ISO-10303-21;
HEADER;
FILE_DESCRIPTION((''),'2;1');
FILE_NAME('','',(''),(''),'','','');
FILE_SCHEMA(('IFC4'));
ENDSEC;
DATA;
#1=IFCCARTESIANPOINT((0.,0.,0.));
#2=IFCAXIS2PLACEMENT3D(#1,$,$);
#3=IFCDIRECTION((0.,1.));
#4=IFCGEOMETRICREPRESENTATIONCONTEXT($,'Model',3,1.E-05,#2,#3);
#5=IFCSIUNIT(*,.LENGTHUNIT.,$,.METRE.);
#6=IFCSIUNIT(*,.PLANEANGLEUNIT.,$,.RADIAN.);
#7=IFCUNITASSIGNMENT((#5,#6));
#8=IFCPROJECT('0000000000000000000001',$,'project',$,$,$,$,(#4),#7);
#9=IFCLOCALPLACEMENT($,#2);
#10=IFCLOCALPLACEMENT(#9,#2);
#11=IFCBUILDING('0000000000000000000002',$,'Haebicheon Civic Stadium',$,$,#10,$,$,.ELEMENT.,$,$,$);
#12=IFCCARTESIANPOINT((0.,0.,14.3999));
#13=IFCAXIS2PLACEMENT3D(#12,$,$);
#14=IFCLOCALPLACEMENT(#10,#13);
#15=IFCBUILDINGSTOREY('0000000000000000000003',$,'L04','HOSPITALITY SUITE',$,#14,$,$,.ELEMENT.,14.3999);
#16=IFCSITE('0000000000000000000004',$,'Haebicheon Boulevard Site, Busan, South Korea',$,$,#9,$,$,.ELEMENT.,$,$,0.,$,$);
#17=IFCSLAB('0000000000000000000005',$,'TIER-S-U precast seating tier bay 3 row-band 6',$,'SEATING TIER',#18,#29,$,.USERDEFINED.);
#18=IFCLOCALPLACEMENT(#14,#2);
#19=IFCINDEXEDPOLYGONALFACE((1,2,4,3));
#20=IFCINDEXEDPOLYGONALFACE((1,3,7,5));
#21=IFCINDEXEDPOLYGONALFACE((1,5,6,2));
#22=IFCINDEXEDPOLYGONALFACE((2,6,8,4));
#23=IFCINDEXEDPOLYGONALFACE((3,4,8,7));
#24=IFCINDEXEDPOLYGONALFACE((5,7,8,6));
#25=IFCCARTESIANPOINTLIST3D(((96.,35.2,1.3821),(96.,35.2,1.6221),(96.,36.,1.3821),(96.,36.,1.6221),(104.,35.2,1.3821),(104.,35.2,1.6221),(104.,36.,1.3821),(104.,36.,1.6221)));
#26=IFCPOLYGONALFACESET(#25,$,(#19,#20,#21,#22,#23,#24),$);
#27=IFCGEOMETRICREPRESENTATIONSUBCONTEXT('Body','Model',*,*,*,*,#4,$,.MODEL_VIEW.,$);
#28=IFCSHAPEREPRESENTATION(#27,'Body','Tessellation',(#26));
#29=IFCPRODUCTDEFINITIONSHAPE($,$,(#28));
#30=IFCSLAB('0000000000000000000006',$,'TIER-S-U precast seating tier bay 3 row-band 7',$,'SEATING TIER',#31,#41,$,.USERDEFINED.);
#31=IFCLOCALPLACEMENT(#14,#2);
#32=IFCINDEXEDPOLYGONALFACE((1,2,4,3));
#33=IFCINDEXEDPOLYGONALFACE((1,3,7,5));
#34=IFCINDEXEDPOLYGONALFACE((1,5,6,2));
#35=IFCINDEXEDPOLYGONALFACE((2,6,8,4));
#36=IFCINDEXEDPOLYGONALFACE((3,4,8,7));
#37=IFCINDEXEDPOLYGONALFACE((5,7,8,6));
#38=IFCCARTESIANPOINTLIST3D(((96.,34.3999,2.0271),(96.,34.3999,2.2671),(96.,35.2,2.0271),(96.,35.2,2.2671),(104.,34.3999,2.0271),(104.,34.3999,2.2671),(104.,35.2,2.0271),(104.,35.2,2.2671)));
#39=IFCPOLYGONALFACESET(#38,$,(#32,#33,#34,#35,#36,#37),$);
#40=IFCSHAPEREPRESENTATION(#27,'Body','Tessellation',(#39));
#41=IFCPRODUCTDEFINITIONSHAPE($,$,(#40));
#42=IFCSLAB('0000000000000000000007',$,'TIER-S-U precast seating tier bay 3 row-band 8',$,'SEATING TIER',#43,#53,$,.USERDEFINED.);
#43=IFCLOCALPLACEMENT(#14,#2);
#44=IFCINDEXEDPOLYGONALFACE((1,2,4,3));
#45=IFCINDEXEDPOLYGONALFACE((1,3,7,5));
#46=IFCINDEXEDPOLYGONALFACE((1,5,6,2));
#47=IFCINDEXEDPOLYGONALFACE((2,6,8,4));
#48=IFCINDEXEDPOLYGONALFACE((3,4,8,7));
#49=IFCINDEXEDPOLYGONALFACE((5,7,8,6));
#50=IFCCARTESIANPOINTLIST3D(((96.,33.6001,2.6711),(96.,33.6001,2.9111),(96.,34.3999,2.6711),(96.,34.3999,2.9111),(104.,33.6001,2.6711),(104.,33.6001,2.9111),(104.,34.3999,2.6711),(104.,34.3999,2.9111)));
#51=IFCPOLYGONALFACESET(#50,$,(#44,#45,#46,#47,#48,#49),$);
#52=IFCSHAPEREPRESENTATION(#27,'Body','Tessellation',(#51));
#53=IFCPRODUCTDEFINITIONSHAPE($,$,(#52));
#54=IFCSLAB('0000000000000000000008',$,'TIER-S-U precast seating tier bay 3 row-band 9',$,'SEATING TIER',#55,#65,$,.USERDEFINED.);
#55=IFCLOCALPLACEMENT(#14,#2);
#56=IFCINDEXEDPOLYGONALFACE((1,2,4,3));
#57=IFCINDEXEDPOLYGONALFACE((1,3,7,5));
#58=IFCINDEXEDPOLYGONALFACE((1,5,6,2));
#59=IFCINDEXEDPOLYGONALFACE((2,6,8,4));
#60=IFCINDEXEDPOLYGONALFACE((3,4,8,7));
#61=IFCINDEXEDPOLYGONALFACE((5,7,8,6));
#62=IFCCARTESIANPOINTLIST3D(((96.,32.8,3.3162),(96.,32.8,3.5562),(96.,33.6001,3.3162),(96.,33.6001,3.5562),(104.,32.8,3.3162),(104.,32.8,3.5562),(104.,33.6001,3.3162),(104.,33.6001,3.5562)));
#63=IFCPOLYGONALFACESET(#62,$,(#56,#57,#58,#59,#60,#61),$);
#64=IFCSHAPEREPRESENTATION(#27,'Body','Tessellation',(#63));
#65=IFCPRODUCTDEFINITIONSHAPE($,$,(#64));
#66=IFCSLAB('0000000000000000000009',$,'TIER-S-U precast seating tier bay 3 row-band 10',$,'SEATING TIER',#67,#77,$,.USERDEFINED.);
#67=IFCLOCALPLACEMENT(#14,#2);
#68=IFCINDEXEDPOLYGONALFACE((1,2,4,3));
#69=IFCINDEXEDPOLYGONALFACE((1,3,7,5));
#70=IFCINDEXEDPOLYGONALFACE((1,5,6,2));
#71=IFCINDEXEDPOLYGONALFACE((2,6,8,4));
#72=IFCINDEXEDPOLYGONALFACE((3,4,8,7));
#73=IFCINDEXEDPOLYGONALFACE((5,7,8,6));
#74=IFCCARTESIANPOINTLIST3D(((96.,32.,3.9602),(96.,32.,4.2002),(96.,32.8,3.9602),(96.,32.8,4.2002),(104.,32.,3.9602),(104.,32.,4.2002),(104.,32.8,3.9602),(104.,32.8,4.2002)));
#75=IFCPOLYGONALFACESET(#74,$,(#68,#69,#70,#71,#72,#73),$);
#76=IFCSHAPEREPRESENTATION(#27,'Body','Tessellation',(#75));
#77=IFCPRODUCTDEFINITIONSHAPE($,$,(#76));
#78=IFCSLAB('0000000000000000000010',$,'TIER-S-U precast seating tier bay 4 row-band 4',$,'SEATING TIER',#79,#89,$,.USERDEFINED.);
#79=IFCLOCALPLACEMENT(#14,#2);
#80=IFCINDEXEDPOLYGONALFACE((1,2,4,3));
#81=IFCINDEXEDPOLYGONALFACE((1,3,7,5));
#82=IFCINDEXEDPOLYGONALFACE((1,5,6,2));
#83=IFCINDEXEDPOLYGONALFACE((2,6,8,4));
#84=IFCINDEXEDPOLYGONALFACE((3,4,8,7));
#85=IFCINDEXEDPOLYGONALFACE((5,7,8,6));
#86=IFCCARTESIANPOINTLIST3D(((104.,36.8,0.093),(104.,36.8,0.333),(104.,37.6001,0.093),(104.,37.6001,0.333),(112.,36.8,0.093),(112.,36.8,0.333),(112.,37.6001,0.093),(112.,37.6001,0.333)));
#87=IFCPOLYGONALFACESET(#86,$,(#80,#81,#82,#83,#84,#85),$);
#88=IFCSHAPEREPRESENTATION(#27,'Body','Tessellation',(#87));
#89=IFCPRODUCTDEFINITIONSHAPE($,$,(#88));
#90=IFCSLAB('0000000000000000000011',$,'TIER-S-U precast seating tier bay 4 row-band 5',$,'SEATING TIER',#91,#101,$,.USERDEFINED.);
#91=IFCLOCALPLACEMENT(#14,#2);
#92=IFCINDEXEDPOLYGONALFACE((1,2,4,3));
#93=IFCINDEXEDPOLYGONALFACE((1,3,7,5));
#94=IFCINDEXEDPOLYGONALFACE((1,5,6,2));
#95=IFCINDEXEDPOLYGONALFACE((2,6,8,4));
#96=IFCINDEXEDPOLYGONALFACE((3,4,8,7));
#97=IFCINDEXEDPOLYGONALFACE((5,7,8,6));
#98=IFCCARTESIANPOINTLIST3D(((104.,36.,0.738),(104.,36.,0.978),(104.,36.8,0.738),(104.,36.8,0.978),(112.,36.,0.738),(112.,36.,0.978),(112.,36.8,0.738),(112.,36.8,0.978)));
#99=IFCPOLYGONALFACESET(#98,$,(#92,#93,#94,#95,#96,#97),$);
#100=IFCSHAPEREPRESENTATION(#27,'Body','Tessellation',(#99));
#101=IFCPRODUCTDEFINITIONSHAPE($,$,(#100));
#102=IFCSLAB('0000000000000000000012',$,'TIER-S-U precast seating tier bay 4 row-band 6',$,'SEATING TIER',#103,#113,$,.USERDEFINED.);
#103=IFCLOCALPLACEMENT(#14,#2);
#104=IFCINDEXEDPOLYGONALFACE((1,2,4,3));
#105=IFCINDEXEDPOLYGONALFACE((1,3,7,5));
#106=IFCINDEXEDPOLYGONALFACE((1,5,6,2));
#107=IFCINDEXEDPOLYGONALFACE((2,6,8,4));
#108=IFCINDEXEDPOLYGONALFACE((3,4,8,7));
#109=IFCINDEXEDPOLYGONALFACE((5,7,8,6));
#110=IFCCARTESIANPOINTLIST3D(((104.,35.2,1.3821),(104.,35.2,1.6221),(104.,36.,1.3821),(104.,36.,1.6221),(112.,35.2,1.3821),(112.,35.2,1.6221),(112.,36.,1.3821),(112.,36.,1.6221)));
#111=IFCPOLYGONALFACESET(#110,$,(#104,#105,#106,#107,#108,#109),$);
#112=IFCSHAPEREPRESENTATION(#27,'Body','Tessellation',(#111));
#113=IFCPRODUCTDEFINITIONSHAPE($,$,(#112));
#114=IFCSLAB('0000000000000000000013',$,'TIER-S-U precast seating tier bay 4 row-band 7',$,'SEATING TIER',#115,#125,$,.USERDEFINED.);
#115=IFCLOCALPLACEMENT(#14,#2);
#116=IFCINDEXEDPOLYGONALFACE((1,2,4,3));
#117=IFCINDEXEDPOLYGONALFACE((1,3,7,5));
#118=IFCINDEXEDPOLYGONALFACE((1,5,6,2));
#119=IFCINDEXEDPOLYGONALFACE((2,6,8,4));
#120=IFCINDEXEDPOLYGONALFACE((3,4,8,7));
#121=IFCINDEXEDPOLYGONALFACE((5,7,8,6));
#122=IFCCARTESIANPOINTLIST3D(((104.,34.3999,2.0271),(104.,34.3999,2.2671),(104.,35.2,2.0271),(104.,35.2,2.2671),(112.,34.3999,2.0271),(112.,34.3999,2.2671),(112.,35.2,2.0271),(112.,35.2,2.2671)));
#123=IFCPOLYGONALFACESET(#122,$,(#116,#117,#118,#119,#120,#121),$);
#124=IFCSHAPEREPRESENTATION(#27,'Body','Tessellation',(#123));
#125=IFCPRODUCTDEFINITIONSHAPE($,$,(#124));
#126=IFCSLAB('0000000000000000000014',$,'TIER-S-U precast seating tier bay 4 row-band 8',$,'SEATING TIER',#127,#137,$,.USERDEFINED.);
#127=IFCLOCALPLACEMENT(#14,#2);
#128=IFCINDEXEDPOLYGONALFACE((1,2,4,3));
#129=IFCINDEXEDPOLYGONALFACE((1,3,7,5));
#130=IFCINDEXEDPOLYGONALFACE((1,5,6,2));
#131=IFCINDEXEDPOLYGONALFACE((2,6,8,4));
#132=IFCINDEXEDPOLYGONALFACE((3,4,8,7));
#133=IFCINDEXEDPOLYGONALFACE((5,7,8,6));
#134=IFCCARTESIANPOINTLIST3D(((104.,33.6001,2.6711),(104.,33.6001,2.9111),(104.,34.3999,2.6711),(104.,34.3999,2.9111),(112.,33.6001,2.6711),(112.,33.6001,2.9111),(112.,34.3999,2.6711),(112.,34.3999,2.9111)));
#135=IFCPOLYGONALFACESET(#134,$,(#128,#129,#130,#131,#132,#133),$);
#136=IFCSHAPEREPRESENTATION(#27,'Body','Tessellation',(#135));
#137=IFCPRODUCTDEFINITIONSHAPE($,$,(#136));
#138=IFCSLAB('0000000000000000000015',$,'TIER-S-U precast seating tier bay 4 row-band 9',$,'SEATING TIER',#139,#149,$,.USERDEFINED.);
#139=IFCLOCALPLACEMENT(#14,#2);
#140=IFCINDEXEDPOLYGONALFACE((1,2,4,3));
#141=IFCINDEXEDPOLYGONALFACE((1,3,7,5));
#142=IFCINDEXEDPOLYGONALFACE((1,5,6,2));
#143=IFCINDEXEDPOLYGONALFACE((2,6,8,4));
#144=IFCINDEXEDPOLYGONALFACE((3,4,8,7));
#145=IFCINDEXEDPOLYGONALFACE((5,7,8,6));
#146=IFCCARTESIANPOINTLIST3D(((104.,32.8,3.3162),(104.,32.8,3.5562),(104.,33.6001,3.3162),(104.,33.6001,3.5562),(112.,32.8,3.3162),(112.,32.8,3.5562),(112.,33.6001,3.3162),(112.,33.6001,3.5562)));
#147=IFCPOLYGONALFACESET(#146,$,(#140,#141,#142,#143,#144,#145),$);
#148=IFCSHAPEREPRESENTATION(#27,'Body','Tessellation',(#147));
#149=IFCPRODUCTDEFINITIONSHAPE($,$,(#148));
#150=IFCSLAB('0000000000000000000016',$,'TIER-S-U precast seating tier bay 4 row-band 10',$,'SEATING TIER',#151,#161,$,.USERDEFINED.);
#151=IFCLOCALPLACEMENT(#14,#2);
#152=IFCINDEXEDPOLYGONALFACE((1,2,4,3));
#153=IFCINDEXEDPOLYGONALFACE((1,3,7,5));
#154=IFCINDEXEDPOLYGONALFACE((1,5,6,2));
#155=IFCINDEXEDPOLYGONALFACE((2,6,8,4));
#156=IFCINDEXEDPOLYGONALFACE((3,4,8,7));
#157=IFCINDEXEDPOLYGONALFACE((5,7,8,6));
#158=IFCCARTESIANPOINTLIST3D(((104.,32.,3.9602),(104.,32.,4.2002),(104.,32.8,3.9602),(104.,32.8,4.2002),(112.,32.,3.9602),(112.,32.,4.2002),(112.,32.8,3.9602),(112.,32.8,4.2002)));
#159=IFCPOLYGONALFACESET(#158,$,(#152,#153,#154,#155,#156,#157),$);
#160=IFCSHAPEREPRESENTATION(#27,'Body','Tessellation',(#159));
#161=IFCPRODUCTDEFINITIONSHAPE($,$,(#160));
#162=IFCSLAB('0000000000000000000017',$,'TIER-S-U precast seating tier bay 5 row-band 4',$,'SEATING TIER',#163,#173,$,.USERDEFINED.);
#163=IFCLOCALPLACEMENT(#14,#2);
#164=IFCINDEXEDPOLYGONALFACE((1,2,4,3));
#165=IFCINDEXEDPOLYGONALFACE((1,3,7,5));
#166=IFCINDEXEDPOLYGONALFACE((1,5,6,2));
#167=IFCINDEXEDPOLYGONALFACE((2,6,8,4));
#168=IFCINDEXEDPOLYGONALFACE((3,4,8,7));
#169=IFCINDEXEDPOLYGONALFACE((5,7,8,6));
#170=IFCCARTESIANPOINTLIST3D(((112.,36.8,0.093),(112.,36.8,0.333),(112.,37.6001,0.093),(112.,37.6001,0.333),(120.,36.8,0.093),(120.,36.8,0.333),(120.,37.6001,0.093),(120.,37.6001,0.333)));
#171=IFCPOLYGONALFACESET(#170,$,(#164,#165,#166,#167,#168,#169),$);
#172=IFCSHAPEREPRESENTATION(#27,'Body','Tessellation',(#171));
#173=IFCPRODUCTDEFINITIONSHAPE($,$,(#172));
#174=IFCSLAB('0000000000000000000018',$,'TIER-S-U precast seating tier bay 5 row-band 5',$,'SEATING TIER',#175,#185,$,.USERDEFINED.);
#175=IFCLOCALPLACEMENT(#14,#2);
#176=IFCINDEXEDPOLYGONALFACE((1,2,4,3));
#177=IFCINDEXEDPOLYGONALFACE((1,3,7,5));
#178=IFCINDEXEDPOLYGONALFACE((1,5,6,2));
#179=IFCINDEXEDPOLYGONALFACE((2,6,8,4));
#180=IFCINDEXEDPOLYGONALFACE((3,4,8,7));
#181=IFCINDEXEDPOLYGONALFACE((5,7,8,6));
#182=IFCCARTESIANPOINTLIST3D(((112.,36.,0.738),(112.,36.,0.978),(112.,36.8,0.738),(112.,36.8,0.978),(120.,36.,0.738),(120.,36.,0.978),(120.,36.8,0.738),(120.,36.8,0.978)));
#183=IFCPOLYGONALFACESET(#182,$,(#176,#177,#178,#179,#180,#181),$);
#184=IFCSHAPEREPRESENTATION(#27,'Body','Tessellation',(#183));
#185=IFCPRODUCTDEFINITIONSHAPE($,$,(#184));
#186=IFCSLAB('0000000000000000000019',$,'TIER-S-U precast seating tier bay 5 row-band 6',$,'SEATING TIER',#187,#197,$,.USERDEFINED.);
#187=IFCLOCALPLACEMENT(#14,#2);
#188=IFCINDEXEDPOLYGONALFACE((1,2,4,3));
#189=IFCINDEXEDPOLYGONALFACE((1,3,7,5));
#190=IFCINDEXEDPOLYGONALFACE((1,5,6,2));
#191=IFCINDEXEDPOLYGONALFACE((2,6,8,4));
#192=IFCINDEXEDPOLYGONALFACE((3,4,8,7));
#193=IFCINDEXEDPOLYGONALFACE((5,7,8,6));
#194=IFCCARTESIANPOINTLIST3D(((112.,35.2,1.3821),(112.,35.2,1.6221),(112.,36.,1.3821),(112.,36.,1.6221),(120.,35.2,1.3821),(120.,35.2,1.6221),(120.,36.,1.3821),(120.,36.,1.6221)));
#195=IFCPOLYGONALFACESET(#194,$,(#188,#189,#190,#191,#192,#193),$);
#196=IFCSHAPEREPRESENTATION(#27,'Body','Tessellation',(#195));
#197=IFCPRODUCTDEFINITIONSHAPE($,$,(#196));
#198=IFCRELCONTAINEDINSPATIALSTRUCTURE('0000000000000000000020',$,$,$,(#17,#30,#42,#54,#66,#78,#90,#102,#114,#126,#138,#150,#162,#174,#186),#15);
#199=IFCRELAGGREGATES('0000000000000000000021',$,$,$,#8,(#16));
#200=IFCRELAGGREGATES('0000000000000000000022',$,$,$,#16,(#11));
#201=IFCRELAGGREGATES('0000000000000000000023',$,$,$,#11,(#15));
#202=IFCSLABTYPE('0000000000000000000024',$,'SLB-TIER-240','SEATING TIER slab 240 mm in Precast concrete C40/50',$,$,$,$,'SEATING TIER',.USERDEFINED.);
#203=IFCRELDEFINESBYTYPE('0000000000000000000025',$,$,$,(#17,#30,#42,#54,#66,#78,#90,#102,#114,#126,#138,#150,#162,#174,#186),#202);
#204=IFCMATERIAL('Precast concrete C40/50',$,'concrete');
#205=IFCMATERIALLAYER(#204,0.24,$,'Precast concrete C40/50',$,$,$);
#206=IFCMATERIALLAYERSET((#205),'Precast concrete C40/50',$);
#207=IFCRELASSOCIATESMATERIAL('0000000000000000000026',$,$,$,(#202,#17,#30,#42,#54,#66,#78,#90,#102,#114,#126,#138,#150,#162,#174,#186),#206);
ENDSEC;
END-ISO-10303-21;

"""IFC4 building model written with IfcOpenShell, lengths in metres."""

from ifc_helpers import new_model, si_unit, direction, frame, origin, place, context, subcontext, project, spatial, polyline, outline, extrude, material, layer, layer_set, type_object, element, save


model = new_model("IFC4")

# Units and contexts
model_context = context("Model", 3, precision=1e-05, world=origin(), true_north=direction((0.0, 1.0)))
body_context = subcontext(model_context, "Body", "Model", "MODEL_VIEW")
ifc_project = project(units=[si_unit("LENGTHUNIT", "METRE"), si_unit("PLANEANGLEUNIT", "RADIAN")], contexts=[model_context])

# Site, building, storey
site_placement = place(None, origin())
site = spatial("IfcSite", under=ifc_project, at=site_placement, Name="Haebicheon Boulevard Site, Busan, South Korea", CompositionType="ELEMENT", RefElevation=0.0)
building_placement = place(site_placement, origin())
building = spatial("IfcBuilding", under=site, at=building_placement, Name="Haebicheon Civic Stadium", CompositionType="ELEMENT")
storey_placement = place(building_placement, frame((0.0, 0.0, 14.3999)))
storey = spatial("IfcBuildingStorey", under=building, at=storey_placement, Name="L04", Description="HOSPITALITY SUITE", CompositionType="ELEMENT", Elevation=14.3999)

# Slabs
ifc_material = material(Name="Precast concrete C40/50", Category="concrete")
ifc_layer = layer(ifc_material, 0.24, Name="Precast concrete C40/50")
ifc_layer_set = layer_set([ifc_layer], Name="Precast concrete C40/50")
slab_type = type_object("IfcSlabType", Name="SLB-TIER-240", Description="SEATING TIER slab 240 mm in Precast concrete C40/50", ElementType="SEATING TIER", PredefinedType="USERDEFINED", material=ifc_layer_set)
slab_1_placement = place(storey_placement, frame((0.0, 0.0, 1.3821)))
element("IfcSlab", 1, at=slab_1_placement, inside=storey, type_object=slab_type, material=ifc_layer_set, Name="TIER-S-U precast seating tier bay 3 row-band 6", ObjectType="SEATING TIER", PredefinedType="USERDEFINED", context=body_context, shape_type="SweptSolid", body=[
    extrude(outline(polyline([(96.0, 35.2), (104.0, 35.2), (104.0, 36.0), (96.0, 36.0), (96.0, 35.2)])), origin(), (0.0, 0.0, 1.0), 0.24),
])
slab_2_placement = place(storey_placement, frame((0.0, 0.0, 2.0271)))
element("IfcSlab", 2, at=slab_2_placement, inside=storey, type_object=slab_type, material=ifc_layer_set, Name="TIER-S-U precast seating tier bay 3 row-band 7", ObjectType="SEATING TIER", PredefinedType="USERDEFINED", context=body_context, shape_type="SweptSolid", body=[
    extrude(outline(polyline([(96.0, 34.3999), (104.0, 34.3999), (104.0, 35.2), (96.0, 35.2), (96.0, 34.3999)])), origin(), (0.0, 0.0, 1.0), 0.24),
])
slab_3_placement = place(storey_placement, frame((0.0, 0.0, 2.6711)))
element("IfcSlab", 3, at=slab_3_placement, inside=storey, type_object=slab_type, material=ifc_layer_set, Name="TIER-S-U precast seating tier bay 3 row-band 8", ObjectType="SEATING TIER", PredefinedType="USERDEFINED", context=body_context, shape_type="SweptSolid", body=[
    extrude(outline(polyline([(96.0, 33.6001), (104.0, 33.6001), (104.0, 34.3999), (96.0, 34.3999), (96.0, 33.6001)])), origin(), (0.0, 0.0, 1.0), 0.24),
])
slab_4_placement = place(storey_placement, frame((0.0, 0.0, 3.3162)))
element("IfcSlab", 4, at=slab_4_placement, inside=storey, type_object=slab_type, material=ifc_layer_set, Name="TIER-S-U precast seating tier bay 3 row-band 9", ObjectType="SEATING TIER", PredefinedType="USERDEFINED", context=body_context, shape_type="SweptSolid", body=[
    extrude(outline(polyline([(96.0, 32.8), (104.0, 32.8), (104.0, 33.6001), (96.0, 33.6001), (96.0, 32.8)])), origin(), (0.0, 0.0, 1.0), 0.24),
])
slab_5_placement = place(storey_placement, frame((0.0, 0.0, 3.9602)))
element("IfcSlab", 5, at=slab_5_placement, inside=storey, type_object=slab_type, material=ifc_layer_set, Name="TIER-S-U precast seating tier bay 3 row-band 10", ObjectType="SEATING TIER", PredefinedType="USERDEFINED", context=body_context, shape_type="SweptSolid", body=[
    extrude(outline(polyline([(96.0, 32.0), (104.0, 32.0), (104.0, 32.8), (96.0, 32.8), (96.0, 32.0)])), origin(), (0.0, 0.0, 1.0), 0.24),
])
slab_6_placement = place(storey_placement, frame((0.0, 0.0, 0.093)))
element("IfcSlab", 6, at=slab_6_placement, inside=storey, type_object=slab_type, material=ifc_layer_set, Name="TIER-S-U precast seating tier bay 4 row-band 4", ObjectType="SEATING TIER", PredefinedType="USERDEFINED", context=body_context, shape_type="SweptSolid", body=[
    extrude(outline(polyline([(104.0, 36.8), (112.0, 36.8), (112.0, 37.6001), (104.0, 37.6001), (104.0, 36.8)])), origin(), (0.0, 0.0, 1.0), 0.24),
])
slab_7_placement = place(storey_placement, frame((0.0, 0.0, 0.738)))
element("IfcSlab", 7, at=slab_7_placement, inside=storey, type_object=slab_type, material=ifc_layer_set, Name="TIER-S-U precast seating tier bay 4 row-band 5", ObjectType="SEATING TIER", PredefinedType="USERDEFINED", context=body_context, shape_type="SweptSolid", body=[
    extrude(outline(polyline([(104.0, 36.0), (112.0, 36.0), (112.0, 36.8), (104.0, 36.8), (104.0, 36.0)])), origin(), (0.0, 0.0, 1.0), 0.24),
])
slab_8_placement = place(storey_placement, frame((0.0, 0.0, 1.3821)))
element("IfcSlab", 8, at=slab_8_placement, inside=storey, type_object=slab_type, material=ifc_layer_set, Name="TIER-S-U precast seating tier bay 4 row-band 6", ObjectType="SEATING TIER", PredefinedType="USERDEFINED", context=body_context, shape_type="SweptSolid", body=[
    extrude(outline(polyline([(104.0, 35.2), (112.0, 35.2), (112.0, 36.0), (104.0, 36.0), (104.0, 35.2)])), origin(), (0.0, 0.0, 1.0), 0.24),
])
slab_9_placement = place(storey_placement, frame((0.0, 0.0, 2.0271)))
element("IfcSlab", 9, at=slab_9_placement, inside=storey, type_object=slab_type, material=ifc_layer_set, Name="TIER-S-U precast seating tier bay 4 row-band 7", ObjectType="SEATING TIER", PredefinedType="USERDEFINED", context=body_context, shape_type="SweptSolid", body=[
    extrude(outline(polyline([(104.0, 34.3999), (112.0, 34.3999), (112.0, 35.2), (104.0, 35.2), (104.0, 34.3999)])), origin(), (0.0, 0.0, 1.0), 0.24),
])
slab_10_placement = place(storey_placement, frame((0.0, 0.0, 2.6711)))
element("IfcSlab", 10, at=slab_10_placement, inside=storey, type_object=slab_type, material=ifc_layer_set, Name="TIER-S-U precast seating tier bay 4 row-band 8", ObjectType="SEATING TIER", PredefinedType="USERDEFINED", context=body_context, shape_type="SweptSolid", body=[
    extrude(outline(polyline([(104.0, 33.6001), (112.0, 33.6001), (112.0, 34.3999), (104.0, 34.3999), (104.0, 33.6001)])), origin(), (0.0, 0.0, 1.0), 0.24),
])
slab_11_placement = place(storey_placement, frame((0.0, 0.0, 3.3162)))
element("IfcSlab", 11, at=slab_11_placement, inside=storey, type_object=slab_type, material=ifc_layer_set, Name="TIER-S-U precast seating tier bay 4 row-band 9", ObjectType="SEATING TIER", PredefinedType="USERDEFINED", context=body_context, shape_type="SweptSolid", body=[
    extrude(outline(polyline([(104.0, 32.8), (112.0, 32.8), (112.0, 33.6001), (104.0, 33.6001), (104.0, 32.8)])), origin(), (0.0, 0.0, 1.0), 0.24),
])
slab_12_placement = place(storey_placement, frame((0.0, 0.0, 3.9602)))
element("IfcSlab", 12, at=slab_12_placement, inside=storey, type_object=slab_type, material=ifc_layer_set, Name="TIER-S-U precast seating tier bay 4 row-band 10", ObjectType="SEATING TIER", PredefinedType="USERDEFINED", context=body_context, shape_type="SweptSolid", body=[
    extrude(outline(polyline([(104.0, 32.0), (112.0, 32.0), (112.0, 32.8), (104.0, 32.8), (104.0, 32.0)])), origin(), (0.0, 0.0, 1.0), 0.24),
])
slab_13_placement = place(storey_placement, frame((0.0, 0.0, 0.093)))
element("IfcSlab", 13, at=slab_13_placement, inside=storey, type_object=slab_type, material=ifc_layer_set, Name="TIER-S-U precast seating tier bay 5 row-band 4", ObjectType="SEATING TIER", PredefinedType="USERDEFINED", context=body_context, shape_type="SweptSolid", body=[
    extrude(outline(polyline([(112.0, 36.8), (120.0, 36.8), (120.0, 37.6001), (112.0, 37.6001), (112.0, 36.8)])), origin(), (0.0, 0.0, 1.0), 0.24),
])
slab_14_placement = place(storey_placement, frame((0.0, 0.0, 0.738)))
element("IfcSlab", 14, at=slab_14_placement, inside=storey, type_object=slab_type, material=ifc_layer_set, Name="TIER-S-U precast seating tier bay 5 row-band 5", ObjectType="SEATING TIER", PredefinedType="USERDEFINED", context=body_context, shape_type="SweptSolid", body=[
    extrude(outline(polyline([(112.0, 36.0), (120.0, 36.0), (120.0, 36.8), (112.0, 36.8), (112.0, 36.0)])), origin(), (0.0, 0.0, 1.0), 0.24),
])
slab_15_placement = place(storey_placement, frame((0.0, 0.0, 1.3821)))
element("IfcSlab", 15, at=slab_15_placement, inside=storey, type_object=slab_type, material=ifc_layer_set, Name="TIER-S-U precast seating tier bay 5 row-band 6", ObjectType="SEATING TIER", PredefinedType="USERDEFINED", context=body_context, shape_type="SweptSolid", body=[
    extrude(outline(polyline([(112.0, 35.2), (120.0, 35.2), (120.0, 36.0), (112.0, 36.0), (112.0, 35.2)])), origin(), (0.0, 0.0, 1.0), 0.24),
])

save(model, "model.ifc")
